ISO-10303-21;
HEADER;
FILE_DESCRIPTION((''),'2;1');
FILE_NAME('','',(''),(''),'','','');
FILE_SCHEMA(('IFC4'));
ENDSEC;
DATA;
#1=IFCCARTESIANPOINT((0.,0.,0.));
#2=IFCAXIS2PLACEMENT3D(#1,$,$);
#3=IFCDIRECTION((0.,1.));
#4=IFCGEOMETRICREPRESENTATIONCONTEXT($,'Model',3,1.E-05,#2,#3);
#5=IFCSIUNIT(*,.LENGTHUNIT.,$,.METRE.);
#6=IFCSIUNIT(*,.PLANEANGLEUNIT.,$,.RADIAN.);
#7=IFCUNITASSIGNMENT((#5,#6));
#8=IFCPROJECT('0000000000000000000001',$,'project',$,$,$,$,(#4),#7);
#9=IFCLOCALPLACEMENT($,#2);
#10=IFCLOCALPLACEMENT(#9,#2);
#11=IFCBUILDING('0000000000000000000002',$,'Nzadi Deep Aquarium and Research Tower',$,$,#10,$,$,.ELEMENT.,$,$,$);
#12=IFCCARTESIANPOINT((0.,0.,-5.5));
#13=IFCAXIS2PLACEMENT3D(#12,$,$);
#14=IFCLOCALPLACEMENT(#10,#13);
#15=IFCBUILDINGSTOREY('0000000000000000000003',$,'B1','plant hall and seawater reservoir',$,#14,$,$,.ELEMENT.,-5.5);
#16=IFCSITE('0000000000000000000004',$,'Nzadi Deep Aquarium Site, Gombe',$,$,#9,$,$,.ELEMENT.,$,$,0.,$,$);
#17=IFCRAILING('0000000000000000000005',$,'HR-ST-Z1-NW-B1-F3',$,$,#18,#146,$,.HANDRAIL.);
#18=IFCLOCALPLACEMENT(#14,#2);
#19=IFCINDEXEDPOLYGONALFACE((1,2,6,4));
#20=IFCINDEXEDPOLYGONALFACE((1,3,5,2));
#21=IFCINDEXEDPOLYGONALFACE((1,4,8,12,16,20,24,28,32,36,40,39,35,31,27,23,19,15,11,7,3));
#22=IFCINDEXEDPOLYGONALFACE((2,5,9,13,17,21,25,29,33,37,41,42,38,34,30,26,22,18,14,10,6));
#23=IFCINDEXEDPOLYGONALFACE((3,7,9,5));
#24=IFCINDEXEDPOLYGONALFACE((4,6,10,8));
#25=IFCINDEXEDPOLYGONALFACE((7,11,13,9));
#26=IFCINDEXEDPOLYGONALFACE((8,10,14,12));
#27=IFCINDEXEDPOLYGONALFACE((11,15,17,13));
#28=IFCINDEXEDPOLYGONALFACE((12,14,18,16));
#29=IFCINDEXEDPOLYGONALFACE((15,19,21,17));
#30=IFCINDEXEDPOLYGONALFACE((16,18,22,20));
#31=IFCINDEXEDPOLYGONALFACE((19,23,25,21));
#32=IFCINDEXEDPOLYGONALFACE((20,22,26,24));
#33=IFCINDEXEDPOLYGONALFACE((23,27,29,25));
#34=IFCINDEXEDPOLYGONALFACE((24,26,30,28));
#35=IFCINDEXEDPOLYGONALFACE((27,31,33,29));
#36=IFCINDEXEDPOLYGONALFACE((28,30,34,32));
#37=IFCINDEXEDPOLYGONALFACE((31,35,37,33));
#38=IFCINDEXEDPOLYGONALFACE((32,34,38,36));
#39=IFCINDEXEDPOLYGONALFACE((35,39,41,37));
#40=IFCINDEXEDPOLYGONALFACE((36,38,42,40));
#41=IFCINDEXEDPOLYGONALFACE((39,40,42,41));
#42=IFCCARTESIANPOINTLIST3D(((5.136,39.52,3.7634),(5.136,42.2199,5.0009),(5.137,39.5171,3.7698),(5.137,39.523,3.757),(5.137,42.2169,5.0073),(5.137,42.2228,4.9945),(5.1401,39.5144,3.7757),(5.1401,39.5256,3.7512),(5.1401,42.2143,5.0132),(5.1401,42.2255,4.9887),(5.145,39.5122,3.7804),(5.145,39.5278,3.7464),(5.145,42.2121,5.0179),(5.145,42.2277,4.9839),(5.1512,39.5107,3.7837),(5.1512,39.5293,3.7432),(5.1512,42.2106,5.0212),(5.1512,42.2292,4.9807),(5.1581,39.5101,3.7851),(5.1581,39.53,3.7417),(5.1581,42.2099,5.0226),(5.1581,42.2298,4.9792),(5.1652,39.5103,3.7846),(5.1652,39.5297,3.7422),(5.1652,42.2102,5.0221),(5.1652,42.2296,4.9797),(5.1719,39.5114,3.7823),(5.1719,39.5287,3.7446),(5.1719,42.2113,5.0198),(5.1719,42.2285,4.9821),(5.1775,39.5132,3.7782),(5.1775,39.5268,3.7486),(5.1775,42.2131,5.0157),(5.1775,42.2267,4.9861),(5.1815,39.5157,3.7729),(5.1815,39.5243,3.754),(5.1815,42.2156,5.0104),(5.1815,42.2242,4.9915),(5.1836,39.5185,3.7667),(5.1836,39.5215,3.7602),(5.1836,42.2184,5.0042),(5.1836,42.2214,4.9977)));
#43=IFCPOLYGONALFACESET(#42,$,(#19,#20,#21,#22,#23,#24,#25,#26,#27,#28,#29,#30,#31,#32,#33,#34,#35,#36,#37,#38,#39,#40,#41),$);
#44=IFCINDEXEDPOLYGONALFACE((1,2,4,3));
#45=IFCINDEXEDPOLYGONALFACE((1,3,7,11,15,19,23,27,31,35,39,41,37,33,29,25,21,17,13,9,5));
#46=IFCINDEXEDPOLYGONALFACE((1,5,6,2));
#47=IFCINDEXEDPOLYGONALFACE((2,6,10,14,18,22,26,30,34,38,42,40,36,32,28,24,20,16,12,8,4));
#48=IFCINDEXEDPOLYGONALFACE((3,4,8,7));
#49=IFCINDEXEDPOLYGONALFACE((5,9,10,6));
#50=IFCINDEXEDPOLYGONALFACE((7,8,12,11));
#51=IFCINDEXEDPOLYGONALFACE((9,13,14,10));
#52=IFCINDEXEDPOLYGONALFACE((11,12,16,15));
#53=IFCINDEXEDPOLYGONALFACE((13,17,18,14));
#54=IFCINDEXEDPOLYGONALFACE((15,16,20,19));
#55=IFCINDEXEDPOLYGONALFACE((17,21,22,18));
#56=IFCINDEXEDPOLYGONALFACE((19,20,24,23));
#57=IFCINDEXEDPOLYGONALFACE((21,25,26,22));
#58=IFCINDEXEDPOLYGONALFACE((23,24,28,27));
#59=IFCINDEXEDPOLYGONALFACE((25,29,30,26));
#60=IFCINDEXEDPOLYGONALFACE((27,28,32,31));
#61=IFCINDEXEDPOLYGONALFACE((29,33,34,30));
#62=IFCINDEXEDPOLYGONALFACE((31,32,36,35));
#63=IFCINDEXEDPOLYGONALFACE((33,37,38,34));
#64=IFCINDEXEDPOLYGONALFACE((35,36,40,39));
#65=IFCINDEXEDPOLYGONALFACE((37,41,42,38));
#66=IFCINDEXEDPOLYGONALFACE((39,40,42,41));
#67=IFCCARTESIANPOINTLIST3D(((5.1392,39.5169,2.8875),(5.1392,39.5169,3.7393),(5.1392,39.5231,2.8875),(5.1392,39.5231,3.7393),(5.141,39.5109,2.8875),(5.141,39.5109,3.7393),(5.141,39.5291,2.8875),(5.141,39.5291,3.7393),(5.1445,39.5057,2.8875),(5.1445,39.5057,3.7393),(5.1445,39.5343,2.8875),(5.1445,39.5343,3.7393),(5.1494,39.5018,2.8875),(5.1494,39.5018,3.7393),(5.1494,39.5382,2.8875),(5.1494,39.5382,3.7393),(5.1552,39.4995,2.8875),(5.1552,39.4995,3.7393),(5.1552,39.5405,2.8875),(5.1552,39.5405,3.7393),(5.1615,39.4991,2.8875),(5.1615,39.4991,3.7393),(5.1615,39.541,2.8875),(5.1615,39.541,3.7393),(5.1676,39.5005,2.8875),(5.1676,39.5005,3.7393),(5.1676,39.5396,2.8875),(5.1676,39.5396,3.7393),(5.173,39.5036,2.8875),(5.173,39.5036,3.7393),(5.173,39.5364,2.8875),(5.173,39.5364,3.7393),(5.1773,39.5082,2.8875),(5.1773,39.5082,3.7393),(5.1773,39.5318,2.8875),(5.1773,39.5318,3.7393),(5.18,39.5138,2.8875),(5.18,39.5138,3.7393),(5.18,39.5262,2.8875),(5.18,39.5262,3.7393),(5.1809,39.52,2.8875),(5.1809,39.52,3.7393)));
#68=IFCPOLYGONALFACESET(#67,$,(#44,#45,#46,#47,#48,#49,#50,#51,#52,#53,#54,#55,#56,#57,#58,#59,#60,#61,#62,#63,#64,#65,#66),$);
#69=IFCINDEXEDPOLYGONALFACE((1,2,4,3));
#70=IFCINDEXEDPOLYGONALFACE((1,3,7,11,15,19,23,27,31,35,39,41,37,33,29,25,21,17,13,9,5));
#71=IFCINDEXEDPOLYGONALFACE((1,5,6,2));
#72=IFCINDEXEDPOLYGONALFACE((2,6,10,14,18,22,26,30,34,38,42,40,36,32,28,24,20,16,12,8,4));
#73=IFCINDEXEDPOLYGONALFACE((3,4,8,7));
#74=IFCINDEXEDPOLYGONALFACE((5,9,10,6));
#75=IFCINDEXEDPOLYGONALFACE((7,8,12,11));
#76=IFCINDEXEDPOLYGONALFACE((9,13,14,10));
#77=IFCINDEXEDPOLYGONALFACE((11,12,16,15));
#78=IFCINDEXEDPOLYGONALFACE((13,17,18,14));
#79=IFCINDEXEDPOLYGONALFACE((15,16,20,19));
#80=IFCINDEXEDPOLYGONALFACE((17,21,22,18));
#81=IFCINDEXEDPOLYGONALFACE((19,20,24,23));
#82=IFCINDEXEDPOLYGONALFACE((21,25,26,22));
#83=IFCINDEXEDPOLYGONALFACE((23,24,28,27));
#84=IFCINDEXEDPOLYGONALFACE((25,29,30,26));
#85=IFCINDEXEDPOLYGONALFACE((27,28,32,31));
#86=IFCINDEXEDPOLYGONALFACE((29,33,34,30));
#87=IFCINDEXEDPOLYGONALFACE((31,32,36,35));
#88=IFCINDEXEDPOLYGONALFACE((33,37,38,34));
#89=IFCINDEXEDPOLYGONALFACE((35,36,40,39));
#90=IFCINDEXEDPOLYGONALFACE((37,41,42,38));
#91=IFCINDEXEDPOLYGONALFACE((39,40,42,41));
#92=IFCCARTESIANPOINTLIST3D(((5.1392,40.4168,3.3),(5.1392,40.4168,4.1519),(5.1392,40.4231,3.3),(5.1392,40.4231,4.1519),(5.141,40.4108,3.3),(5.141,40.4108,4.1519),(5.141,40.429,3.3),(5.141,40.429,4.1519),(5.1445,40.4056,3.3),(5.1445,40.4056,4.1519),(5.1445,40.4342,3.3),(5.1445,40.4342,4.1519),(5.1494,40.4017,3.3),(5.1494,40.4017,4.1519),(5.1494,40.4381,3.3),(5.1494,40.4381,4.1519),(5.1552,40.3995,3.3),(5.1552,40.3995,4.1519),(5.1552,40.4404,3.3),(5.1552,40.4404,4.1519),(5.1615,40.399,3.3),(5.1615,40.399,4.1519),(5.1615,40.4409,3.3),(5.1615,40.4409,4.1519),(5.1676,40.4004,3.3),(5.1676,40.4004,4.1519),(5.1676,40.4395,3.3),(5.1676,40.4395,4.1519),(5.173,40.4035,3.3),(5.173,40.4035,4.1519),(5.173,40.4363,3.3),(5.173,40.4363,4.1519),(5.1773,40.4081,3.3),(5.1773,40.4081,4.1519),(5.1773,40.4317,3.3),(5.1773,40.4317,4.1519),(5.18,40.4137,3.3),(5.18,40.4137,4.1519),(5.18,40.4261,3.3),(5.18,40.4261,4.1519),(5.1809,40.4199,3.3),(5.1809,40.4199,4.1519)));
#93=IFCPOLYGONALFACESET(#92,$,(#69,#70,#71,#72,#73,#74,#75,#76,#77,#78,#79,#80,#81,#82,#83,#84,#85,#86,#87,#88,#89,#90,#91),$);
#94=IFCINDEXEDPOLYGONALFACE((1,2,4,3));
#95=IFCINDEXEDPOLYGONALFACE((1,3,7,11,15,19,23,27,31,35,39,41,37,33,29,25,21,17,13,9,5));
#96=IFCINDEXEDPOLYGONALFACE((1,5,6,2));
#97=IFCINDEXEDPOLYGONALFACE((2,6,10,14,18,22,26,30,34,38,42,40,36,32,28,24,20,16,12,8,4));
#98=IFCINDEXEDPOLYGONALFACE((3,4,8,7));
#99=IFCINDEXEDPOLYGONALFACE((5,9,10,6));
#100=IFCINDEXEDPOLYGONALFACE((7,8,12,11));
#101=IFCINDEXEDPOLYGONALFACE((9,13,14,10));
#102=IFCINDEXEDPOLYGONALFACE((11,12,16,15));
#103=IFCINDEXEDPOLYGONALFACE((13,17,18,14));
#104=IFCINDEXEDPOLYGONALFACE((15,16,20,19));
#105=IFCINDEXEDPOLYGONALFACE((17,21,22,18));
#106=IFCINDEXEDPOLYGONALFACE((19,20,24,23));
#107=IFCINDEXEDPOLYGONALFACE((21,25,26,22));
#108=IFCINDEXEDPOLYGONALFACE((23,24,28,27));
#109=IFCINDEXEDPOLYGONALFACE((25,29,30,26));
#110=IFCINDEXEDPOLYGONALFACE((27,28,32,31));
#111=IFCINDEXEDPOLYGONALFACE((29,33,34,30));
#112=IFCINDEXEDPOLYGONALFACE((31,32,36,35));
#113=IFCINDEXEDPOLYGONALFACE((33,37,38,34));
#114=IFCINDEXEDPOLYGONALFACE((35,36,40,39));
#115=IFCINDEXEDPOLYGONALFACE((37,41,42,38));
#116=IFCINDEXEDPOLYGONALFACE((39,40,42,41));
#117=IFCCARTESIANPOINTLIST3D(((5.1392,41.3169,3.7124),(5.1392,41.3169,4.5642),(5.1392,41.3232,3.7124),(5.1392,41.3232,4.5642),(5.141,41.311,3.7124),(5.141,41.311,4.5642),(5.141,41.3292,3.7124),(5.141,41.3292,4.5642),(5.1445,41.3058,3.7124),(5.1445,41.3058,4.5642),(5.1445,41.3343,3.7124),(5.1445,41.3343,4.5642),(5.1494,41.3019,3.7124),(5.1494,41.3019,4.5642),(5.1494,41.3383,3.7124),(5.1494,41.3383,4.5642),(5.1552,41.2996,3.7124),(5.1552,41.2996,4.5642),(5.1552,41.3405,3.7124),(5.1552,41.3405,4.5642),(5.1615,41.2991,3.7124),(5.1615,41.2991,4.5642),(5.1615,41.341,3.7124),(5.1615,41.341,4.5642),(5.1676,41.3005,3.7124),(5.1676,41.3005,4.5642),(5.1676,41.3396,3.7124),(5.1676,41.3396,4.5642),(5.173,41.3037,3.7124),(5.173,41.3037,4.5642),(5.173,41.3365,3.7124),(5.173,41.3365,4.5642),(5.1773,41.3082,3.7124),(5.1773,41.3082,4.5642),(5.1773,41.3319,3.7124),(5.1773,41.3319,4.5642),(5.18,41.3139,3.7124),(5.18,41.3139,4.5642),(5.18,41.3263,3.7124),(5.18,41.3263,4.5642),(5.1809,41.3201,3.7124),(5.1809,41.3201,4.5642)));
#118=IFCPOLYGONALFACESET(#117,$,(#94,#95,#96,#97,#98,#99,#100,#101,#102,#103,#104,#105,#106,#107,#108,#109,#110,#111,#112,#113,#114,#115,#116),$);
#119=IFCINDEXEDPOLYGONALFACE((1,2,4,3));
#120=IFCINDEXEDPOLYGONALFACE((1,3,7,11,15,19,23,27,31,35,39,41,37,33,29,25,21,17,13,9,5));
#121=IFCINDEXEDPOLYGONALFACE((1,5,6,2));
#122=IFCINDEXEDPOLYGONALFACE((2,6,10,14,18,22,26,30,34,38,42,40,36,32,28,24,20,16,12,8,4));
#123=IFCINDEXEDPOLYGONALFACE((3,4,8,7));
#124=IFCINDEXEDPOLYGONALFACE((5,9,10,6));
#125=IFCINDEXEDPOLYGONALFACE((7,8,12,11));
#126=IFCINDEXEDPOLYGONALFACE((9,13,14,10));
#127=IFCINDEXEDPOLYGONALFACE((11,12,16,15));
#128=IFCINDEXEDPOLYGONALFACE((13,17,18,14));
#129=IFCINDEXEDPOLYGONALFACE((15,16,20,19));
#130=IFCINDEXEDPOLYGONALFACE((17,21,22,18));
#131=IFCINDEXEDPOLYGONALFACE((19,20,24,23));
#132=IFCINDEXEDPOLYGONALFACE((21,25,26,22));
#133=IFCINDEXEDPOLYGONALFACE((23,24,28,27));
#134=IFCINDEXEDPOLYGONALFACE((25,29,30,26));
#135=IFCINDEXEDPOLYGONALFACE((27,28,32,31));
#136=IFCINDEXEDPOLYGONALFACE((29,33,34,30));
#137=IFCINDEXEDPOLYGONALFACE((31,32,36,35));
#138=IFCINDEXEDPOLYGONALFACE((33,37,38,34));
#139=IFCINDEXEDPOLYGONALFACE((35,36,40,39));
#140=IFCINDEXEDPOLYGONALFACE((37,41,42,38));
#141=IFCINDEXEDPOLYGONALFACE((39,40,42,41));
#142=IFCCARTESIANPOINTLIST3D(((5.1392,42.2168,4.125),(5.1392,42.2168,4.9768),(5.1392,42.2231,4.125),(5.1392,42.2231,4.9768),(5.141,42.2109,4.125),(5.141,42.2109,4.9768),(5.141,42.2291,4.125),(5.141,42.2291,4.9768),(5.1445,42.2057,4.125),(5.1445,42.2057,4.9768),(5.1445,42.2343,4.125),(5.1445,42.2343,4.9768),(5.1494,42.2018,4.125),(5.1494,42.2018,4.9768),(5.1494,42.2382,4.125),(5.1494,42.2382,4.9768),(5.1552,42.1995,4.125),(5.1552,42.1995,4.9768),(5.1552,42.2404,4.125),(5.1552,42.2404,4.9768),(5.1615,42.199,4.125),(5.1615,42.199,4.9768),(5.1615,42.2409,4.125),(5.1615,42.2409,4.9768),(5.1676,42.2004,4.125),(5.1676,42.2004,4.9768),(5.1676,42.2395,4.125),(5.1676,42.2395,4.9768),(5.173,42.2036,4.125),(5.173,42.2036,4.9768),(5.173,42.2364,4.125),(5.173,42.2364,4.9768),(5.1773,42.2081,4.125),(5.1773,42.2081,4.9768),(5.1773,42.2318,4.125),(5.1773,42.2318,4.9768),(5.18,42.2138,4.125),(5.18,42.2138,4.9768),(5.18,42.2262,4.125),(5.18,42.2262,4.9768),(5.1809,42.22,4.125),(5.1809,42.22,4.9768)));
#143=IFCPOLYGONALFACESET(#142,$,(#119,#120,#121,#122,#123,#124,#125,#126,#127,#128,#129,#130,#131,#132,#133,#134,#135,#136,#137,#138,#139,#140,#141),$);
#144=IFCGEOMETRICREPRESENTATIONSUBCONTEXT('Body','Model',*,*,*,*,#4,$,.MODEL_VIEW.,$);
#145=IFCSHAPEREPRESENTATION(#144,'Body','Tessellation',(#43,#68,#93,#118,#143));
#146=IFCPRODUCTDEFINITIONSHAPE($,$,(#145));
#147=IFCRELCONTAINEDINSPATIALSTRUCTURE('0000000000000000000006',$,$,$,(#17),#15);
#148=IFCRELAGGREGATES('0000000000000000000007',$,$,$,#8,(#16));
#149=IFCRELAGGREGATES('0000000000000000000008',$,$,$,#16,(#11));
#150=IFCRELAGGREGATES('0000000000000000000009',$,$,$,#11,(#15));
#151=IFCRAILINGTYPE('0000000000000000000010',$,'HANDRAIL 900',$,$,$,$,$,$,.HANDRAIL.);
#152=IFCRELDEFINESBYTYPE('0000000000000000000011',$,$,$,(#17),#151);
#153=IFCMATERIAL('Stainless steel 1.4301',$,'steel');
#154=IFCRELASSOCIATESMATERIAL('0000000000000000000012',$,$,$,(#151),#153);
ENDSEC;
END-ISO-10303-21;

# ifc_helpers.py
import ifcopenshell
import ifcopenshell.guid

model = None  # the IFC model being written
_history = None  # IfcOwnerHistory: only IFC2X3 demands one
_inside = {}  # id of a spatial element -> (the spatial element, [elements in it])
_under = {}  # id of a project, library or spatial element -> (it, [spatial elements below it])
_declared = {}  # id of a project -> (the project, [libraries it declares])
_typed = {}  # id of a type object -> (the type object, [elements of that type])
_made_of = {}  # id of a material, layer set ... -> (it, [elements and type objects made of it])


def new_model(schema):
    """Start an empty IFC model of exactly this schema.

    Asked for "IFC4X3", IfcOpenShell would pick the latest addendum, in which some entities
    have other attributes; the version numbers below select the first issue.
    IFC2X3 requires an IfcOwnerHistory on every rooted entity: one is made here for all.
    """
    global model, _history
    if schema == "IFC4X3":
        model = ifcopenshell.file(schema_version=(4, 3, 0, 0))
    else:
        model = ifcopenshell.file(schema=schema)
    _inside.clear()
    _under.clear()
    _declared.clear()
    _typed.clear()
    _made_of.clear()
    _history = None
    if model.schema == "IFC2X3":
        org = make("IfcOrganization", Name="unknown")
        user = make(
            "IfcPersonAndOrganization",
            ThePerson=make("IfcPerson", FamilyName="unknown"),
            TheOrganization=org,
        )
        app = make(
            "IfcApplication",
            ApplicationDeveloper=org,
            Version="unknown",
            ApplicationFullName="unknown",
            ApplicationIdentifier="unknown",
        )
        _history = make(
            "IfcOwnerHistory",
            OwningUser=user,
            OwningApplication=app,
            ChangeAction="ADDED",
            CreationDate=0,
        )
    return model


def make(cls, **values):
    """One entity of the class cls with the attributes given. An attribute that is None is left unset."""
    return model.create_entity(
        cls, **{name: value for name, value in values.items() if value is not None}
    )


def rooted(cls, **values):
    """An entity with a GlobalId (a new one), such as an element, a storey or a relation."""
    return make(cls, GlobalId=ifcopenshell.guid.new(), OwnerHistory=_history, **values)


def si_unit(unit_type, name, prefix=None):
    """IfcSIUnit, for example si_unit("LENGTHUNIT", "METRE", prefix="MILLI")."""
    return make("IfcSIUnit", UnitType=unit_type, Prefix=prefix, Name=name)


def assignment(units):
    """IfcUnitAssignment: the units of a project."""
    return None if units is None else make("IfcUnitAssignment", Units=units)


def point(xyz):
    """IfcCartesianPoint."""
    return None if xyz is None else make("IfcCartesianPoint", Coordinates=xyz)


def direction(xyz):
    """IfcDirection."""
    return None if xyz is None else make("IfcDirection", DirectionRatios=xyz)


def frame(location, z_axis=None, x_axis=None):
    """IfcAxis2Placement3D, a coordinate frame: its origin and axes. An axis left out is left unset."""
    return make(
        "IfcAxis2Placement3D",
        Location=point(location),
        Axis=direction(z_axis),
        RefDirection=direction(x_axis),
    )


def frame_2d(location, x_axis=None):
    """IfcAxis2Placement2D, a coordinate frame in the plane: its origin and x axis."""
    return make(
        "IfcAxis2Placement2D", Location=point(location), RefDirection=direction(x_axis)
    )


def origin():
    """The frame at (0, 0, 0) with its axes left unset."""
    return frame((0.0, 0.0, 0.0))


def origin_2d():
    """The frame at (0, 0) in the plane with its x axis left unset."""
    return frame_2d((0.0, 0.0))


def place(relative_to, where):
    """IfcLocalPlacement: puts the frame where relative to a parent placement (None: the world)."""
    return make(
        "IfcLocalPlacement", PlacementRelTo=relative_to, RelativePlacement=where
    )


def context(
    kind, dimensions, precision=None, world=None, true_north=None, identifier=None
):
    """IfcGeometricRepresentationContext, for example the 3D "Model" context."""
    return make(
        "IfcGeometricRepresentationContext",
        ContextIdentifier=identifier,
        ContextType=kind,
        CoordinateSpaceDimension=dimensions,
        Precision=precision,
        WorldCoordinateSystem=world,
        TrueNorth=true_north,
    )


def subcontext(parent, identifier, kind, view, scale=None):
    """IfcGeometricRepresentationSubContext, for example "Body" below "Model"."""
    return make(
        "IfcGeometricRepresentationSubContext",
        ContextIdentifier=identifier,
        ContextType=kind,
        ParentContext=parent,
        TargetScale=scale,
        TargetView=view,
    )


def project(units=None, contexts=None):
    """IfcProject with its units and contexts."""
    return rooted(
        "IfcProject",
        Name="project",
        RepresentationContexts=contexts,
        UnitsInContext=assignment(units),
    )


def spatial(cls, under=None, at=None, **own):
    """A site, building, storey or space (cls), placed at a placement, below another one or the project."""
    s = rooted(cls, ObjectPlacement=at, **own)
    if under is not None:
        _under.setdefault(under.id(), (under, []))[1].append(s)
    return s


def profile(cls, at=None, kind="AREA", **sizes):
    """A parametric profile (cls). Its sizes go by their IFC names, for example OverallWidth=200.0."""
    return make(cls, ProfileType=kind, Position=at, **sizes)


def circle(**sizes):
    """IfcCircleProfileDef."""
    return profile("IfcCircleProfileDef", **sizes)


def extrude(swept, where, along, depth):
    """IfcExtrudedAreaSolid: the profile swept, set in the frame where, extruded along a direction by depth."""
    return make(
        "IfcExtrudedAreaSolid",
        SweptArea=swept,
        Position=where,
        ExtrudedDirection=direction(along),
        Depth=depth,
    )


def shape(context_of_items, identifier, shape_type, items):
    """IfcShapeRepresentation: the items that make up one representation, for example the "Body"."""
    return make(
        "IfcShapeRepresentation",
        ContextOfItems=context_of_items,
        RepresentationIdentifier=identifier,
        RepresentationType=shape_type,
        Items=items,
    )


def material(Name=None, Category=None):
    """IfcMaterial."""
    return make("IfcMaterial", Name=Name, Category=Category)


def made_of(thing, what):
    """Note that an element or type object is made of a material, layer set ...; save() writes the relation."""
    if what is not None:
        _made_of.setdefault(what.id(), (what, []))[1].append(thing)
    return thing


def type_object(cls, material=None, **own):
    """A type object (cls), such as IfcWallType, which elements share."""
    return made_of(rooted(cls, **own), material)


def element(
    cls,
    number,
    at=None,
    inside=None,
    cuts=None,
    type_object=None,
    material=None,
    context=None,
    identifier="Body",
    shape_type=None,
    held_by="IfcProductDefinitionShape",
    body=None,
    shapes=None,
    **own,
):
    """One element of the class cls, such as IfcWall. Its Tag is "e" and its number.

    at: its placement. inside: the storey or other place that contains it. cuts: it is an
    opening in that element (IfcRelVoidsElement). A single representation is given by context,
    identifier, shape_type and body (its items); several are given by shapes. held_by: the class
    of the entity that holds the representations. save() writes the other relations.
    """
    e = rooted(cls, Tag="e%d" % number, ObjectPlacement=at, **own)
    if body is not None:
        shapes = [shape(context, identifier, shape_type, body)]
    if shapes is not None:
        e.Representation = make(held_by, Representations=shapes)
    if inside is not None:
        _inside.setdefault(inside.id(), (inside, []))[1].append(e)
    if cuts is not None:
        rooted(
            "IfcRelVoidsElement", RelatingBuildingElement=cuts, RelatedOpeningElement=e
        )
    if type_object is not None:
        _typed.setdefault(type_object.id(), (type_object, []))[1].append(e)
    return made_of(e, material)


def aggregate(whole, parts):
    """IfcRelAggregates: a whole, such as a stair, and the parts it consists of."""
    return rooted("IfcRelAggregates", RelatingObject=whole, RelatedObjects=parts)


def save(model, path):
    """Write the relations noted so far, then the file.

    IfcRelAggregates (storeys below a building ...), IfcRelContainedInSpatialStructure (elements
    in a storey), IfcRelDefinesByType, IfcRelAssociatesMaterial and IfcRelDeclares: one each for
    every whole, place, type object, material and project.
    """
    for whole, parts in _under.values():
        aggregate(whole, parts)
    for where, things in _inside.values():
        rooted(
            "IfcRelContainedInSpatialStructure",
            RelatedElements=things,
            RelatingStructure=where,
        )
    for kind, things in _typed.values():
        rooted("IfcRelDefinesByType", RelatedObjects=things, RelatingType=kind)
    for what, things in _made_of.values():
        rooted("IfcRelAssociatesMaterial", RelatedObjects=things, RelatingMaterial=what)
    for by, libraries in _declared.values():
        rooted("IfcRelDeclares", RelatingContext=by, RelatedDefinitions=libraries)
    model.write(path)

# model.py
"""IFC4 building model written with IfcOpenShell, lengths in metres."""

from ifc_helpers import new_model, si_unit, direction, frame, origin, origin_2d, place, context, subcontext, project, spatial, circle, extrude, material, type_object, element, save


model = new_model("IFC4")

# Units and contexts
model_context = context("Model", 3, precision=1e-05, world=origin(), true_north=direction((0.0, 1.0)))
body_context = subcontext(model_context, "Body", "Model", "MODEL_VIEW")
ifc_project = project(units=[si_unit("LENGTHUNIT", "METRE"), si_unit("PLANEANGLEUNIT", "RADIAN")], contexts=[model_context])

# Site, building, storey
site_placement = place(None, origin())
site = spatial("IfcSite", under=ifc_project, at=site_placement, Name="Nzadi Deep Aquarium Site, Gombe", CompositionType="ELEMENT", RefElevation=0.0)
building_placement = place(site_placement, origin())
building = spatial("IfcBuilding", under=site, at=building_placement, Name="Nzadi Deep Aquarium and Research Tower", CompositionType="ELEMENT")
storey_placement = place(building_placement, frame((0.0, 0.0, -5.5)))
storey = spatial("IfcBuildingStorey", under=building, at=storey_placement, Name="B1", Description="plant hall and seawater reservoir", CompositionType="ELEMENT", Elevation=-5.5)

# Railing
ifc_material_1 = material(Name="Stainless steel 1.4301", Category="steel")
railing_type = type_object("IfcRailingType", Name="HANDRAIL 900", PredefinedType="HANDRAIL", material=ifc_material_1)
for number, where, name in (
    (1, (5.1599, 39.52, 2.8875), "HR-ST-Z1-NW-B1-F3"),
):
    element("IfcRailing", number, at=place(storey_placement, frame(where)), inside=storey, type_object=railing_type, Name=name, PredefinedType="HANDRAIL", context=body_context, shape_type="SweptSolid", body=[
        extrude(circle(Radius=0.0239, at=origin_2d()), frame((0.0, 0.0, 0.876), z_axis=(0.0, 0.909056, 0.416675), x_axis=(-1.0, 0.0, 0.0)), (0.0, 0.0, 1.0), 2.97),
        extrude(circle(Radius=0.021, at=origin_2d()), origin(), (0.0, 0.0, 1.0), 0.8518),
        extrude(circle(Radius=0.021, at=origin_2d()), frame((0.0, 0.8999, 0.4126)), (0.0, 0.0, 1.0), 0.8518),
        extrude(circle(Radius=0.021, at=origin_2d()), frame((0.0, 1.8, 0.825)), (0.0, 0.0, 1.0), 0.8518),
        extrude(circle(Radius=0.021, at=origin_2d()), frame((0.0, 2.7, 1.2375)), (0.0, 0.0, 1.0), 0.8518),
    ])

save(model, "model.ifc")
